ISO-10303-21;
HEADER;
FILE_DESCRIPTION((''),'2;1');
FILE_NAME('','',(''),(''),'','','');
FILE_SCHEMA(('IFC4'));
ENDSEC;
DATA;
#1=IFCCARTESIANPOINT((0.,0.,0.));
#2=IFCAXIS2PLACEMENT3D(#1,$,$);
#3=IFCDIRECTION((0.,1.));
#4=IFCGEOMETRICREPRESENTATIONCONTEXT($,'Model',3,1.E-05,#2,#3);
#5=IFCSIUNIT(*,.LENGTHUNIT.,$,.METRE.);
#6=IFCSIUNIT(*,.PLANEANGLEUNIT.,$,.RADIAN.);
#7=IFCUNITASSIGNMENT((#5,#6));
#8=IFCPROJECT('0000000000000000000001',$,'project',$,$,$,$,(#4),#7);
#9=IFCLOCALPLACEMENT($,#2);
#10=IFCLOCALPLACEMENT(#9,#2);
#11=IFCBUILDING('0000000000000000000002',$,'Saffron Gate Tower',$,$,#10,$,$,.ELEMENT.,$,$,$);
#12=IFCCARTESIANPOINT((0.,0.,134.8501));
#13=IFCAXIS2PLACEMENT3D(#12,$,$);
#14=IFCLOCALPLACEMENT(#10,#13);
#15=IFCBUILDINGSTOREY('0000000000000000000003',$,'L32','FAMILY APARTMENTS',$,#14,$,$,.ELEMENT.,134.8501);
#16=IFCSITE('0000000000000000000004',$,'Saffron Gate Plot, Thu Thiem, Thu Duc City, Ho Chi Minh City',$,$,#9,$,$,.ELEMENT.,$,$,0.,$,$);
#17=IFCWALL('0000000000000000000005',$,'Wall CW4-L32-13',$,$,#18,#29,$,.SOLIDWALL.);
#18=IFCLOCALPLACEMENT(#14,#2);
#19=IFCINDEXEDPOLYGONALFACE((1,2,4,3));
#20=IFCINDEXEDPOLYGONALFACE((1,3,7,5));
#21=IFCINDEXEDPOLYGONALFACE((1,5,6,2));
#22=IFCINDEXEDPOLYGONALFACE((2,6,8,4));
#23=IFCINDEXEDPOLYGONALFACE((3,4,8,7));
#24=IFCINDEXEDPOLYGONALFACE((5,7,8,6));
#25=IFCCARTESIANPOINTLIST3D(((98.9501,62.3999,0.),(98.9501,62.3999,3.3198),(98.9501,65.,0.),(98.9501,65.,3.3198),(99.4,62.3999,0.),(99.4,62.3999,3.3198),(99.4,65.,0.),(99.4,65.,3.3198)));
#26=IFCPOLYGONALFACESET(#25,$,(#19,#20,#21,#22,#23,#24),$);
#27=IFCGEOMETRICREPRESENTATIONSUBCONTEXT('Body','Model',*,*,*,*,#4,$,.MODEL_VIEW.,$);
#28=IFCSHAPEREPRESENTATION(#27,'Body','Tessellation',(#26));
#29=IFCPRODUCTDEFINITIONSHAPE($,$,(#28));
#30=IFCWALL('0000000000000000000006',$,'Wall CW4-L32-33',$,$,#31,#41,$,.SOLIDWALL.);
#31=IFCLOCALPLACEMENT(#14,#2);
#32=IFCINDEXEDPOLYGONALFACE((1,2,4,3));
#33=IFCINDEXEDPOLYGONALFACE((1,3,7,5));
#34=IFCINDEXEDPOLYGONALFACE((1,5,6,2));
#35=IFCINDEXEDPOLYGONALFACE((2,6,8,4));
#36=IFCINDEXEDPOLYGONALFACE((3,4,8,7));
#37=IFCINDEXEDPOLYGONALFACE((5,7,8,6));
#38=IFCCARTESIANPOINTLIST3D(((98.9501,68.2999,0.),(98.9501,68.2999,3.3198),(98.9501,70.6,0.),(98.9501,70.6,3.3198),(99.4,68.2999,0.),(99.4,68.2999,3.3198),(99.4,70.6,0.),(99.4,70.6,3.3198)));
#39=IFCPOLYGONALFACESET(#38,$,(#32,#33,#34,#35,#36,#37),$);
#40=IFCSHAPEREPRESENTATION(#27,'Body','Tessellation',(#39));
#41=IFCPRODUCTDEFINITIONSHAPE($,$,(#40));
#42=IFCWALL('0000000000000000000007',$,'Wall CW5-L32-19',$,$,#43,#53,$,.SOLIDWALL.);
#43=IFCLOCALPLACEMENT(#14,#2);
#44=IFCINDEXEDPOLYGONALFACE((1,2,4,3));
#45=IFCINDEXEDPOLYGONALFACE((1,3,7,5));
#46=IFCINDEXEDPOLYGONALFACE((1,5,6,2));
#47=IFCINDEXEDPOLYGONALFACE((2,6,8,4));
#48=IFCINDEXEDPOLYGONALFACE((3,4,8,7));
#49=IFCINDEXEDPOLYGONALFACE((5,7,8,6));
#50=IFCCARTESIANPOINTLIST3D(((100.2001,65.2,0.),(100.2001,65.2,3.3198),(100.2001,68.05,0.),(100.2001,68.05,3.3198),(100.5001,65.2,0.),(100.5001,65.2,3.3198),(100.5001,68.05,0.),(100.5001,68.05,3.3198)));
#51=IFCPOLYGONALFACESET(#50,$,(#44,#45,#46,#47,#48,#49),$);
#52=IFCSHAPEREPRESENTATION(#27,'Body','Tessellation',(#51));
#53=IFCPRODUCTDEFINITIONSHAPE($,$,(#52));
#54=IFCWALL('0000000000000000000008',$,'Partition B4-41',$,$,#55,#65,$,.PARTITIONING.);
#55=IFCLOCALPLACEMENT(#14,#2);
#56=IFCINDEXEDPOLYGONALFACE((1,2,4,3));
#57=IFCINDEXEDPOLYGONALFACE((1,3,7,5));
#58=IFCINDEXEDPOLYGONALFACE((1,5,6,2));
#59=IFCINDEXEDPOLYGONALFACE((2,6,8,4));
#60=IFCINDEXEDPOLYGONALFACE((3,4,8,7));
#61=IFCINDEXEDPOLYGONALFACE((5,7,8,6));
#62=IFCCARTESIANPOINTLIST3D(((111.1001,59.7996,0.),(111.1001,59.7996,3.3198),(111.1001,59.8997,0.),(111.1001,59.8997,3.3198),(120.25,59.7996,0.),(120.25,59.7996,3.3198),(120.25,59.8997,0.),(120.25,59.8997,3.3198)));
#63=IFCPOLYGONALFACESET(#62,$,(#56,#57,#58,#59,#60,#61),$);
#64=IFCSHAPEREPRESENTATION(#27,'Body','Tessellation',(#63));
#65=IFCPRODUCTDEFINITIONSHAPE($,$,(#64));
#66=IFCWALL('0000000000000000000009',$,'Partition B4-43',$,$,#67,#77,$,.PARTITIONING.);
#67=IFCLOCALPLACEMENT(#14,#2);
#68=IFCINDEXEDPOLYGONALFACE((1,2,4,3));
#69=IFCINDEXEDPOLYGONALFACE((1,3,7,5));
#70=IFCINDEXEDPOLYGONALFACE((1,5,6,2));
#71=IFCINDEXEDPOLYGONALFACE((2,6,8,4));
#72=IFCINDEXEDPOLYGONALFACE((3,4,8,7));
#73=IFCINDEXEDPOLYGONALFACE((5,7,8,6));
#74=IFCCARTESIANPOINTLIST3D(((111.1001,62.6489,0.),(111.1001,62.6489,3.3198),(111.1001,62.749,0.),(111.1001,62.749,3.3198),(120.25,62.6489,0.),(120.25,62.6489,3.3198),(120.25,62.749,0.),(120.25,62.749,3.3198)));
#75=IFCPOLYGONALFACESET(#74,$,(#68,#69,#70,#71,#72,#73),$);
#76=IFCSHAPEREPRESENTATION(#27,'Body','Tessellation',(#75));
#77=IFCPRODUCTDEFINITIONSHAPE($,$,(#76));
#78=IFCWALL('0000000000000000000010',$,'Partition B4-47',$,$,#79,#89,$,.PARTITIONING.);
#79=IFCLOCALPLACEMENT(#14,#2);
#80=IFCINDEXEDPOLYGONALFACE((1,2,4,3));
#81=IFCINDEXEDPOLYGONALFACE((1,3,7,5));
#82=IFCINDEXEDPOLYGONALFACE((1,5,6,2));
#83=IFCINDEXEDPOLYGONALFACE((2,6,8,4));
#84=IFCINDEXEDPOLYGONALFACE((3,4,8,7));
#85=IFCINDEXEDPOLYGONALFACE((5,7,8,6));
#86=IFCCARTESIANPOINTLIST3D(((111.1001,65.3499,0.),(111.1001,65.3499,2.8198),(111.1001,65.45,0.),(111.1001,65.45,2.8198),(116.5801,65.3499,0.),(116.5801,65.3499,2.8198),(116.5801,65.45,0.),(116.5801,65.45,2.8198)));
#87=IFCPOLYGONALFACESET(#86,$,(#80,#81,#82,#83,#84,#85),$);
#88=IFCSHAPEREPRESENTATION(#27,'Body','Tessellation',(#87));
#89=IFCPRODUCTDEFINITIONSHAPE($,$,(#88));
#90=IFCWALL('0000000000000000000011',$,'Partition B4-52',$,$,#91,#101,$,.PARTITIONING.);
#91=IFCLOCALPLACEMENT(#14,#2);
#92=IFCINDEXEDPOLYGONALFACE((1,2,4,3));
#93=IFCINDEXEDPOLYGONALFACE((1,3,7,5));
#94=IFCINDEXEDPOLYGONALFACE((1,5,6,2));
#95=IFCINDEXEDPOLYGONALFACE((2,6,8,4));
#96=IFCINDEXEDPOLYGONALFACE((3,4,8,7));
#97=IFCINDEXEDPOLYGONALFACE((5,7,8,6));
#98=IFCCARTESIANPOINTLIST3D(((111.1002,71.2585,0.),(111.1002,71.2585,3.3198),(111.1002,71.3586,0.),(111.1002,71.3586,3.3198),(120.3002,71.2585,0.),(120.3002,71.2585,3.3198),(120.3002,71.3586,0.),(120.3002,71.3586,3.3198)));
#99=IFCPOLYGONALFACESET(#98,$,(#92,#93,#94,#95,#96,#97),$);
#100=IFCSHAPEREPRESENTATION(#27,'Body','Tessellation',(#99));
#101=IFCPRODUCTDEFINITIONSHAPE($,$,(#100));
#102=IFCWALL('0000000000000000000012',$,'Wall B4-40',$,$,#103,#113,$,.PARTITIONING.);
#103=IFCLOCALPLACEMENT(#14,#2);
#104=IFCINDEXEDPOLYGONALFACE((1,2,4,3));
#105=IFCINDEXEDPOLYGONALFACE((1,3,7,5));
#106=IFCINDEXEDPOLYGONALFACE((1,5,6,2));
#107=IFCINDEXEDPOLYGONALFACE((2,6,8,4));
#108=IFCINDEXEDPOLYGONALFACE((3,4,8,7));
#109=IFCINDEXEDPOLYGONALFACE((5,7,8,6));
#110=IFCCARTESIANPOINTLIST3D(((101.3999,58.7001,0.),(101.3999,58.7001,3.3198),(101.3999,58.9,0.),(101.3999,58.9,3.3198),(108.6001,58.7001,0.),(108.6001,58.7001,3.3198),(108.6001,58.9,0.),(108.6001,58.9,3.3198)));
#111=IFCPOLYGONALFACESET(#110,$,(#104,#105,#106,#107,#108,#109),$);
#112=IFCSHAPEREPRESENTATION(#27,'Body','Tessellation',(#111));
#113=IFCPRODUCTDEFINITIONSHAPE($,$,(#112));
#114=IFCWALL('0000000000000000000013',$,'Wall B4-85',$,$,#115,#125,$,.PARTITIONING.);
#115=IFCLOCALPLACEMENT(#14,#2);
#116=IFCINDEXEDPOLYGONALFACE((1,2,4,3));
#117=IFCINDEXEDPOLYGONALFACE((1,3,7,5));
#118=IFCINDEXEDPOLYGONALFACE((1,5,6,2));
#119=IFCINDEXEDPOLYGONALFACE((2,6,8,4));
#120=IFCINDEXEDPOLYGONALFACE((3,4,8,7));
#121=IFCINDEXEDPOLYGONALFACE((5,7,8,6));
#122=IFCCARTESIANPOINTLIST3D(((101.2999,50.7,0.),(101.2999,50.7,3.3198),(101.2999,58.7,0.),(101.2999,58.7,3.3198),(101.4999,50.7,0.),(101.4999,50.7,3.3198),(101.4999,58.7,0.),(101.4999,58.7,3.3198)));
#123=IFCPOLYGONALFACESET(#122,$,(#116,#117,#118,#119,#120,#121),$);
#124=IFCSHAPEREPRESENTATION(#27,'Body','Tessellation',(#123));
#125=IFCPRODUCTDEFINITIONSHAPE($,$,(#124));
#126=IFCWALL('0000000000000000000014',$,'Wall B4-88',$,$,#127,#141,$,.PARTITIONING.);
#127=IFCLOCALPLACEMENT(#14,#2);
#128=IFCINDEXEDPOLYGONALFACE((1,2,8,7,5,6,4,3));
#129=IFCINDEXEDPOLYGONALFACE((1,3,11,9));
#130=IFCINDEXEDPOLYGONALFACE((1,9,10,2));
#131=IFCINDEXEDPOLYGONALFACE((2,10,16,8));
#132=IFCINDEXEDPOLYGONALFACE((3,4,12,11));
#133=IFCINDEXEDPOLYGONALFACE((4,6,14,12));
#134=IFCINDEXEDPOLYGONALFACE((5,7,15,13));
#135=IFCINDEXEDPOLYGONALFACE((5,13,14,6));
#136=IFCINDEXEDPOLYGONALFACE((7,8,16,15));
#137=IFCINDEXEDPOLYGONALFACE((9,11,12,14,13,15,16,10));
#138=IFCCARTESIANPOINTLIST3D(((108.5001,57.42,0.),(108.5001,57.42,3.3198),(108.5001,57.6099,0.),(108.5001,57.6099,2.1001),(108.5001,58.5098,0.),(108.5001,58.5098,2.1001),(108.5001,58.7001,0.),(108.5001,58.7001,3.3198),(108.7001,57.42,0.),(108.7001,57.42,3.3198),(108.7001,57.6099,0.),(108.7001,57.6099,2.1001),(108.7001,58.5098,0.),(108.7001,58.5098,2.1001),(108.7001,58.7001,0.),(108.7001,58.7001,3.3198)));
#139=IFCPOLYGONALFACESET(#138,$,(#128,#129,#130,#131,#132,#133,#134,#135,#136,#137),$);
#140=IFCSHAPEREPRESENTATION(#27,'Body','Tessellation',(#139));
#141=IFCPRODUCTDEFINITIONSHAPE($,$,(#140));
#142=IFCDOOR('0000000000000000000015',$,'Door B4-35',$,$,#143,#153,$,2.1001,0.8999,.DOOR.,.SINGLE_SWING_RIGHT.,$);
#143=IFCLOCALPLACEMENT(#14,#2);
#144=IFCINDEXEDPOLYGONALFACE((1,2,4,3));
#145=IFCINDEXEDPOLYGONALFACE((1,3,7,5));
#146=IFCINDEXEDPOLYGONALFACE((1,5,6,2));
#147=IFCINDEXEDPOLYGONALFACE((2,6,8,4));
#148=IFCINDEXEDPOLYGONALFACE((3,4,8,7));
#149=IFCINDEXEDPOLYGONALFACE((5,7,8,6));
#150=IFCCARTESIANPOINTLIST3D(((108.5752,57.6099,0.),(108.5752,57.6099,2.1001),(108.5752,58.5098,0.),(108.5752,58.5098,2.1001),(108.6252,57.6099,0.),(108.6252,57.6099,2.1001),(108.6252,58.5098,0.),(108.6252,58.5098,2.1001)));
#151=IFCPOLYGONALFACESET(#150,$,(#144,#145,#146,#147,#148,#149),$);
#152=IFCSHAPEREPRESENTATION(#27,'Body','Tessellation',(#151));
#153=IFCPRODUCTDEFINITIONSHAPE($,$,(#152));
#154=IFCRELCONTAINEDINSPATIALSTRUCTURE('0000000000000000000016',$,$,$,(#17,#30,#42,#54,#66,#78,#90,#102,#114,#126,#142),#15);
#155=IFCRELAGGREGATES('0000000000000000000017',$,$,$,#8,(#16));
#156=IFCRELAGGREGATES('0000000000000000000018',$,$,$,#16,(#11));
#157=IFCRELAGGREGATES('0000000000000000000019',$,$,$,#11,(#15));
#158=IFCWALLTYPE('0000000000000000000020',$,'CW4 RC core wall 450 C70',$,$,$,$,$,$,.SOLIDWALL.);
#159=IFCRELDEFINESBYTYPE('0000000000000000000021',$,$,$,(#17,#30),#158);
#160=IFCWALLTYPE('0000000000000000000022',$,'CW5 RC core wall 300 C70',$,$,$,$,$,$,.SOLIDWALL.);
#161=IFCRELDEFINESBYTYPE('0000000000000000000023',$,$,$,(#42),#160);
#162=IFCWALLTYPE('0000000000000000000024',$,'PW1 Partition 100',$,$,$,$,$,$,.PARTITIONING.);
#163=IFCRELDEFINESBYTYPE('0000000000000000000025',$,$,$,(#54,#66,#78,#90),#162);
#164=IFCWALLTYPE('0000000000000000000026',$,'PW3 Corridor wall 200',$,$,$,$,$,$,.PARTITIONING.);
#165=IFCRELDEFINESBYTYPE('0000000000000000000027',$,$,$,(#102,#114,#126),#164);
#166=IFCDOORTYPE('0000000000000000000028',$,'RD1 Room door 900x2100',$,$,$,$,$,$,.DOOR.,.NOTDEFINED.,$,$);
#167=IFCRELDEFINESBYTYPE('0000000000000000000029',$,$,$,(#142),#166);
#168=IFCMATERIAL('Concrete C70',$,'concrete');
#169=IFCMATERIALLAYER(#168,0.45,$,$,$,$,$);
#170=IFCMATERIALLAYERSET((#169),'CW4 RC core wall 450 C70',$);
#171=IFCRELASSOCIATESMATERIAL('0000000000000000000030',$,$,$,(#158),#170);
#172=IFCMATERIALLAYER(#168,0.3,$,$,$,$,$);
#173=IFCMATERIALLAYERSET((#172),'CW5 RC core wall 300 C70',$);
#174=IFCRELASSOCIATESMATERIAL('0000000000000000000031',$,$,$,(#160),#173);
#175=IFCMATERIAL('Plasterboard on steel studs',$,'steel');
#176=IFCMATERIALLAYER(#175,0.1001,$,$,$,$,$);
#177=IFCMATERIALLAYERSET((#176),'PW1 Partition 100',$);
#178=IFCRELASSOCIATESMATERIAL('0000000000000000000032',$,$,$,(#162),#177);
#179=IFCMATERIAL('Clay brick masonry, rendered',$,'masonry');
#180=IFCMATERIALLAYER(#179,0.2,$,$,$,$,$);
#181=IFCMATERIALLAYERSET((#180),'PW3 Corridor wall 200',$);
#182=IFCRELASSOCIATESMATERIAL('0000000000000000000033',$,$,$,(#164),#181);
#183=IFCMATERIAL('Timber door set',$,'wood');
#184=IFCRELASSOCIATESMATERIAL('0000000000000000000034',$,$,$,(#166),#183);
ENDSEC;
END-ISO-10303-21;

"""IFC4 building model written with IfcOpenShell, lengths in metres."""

from ifc_helpers import new_model, si_unit, direction, frame, frame_2d, origin, place, context, subcontext, project, spatial, rectangle, extrude, material, layer, layer_set, type_object, element, fill, save


model = new_model("IFC4")

# Units and contexts
model_context = context("Model", 3, precision=1e-05, world=origin(), true_north=direction((0.0, 1.0)))
body_context = subcontext(model_context, "Body", "Model", "MODEL_VIEW")
ifc_project = project(units=[si_unit("LENGTHUNIT", "METRE"), si_unit("PLANEANGLEUNIT", "RADIAN")], contexts=[model_context])

# Site, building, storey
site_placement = place(None, origin())
site = spatial("IfcSite", under=ifc_project, at=site_placement, Name="Saffron Gate Plot, Thu Thiem, Thu Duc City, Ho Chi Minh City", CompositionType="ELEMENT", RefElevation=0.0)
building_placement = place(site_placement, origin())
building = spatial("IfcBuilding", under=site, at=building_placement, Name="Saffron Gate Tower", CompositionType="ELEMENT")
storey_placement = place(building_placement, frame((0.0, 0.0, 134.8501)))
storey = spatial("IfcBuildingStorey", under=building, at=storey_placement, Name="L32", Description="FAMILY APARTMENTS", CompositionType="ELEMENT", Elevation=134.8501)

# Shared definitions
ifc_material_1 = material(Name="Concrete C70", Category="concrete")

# Walls
ifc_layer_1 = layer(ifc_material_1, 0.45)
ifc_layer_set_1 = layer_set([ifc_layer_1], Name="CW4 RC core wall 450 C70")
wall_type_1 = type_object("IfcWallType", Name="CW4 RC core wall 450 C70", PredefinedType="SOLIDWALL", material=ifc_layer_set_1)
wall_1_placement = place(storey_placement, frame((99.175, 62.3999, 0.0), z_axis=(0.0, 0.0, 1.0), x_axis=(0.0, 1.0, 0.0)))
element("IfcWall", 1, at=wall_1_placement, inside=storey, type_object=wall_type_1, Name="Wall CW4-L32-13", PredefinedType="SOLIDWALL", context=body_context, shape_type="SweptSolid", body=[
    extrude(rectangle(XDim=2.6001, YDim=0.45, at=frame_2d((1.3, 0.0))), origin(), (0.0, 0.0, 1.0), 3.3198),
])
wall_2_placement = place(storey_placement, frame((99.175, 68.3, 0.0), z_axis=(0.0, 0.0, 1.0), x_axis=(0.0, 1.0, 0.0)))
element("IfcWall", 2, at=wall_2_placement, inside=storey, type_object=wall_type_1, Name="Wall CW4-L32-33", PredefinedType="SOLIDWALL", context=body_context, shape_type="SweptSolid", body=[
    extrude(rectangle(XDim=2.3, YDim=0.45, at=frame_2d((1.1499, 0.0))), origin(), (0.0, 0.0, 1.0), 3.3198),
])
ifc_layer_2 = layer(ifc_material_1, 0.3)
ifc_layer_set_2 = layer_set([ifc_layer_2], Name="CW5 RC core wall 300 C70")
wall_type_2 = type_object("IfcWallType", Name="CW5 RC core wall 300 C70", PredefinedType="SOLIDWALL", material=ifc_layer_set_2)
wall_3_placement = place(storey_placement, frame((100.3501, 65.2, 0.0), z_axis=(0.0, 0.0, 1.0), x_axis=(0.0, 1.0, 0.0)))
element("IfcWall", 3, at=wall_3_placement, inside=storey, type_object=wall_type_2, Name="Wall CW5-L32-19", PredefinedType="SOLIDWALL", context=body_context, shape_type="SweptSolid", body=[
    extrude(rectangle(XDim=2.8501, YDim=0.3, at=frame_2d((1.425, 0.0))), origin(), (0.0, 0.0, 1.0), 3.3198),
])
ifc_material_2 = material(Name="Plasterboard on steel studs", Category="steel")
ifc_layer_3 = layer(ifc_material_2, 0.1001)
ifc_layer_set_3 = layer_set([ifc_layer_3], Name="PW1 Partition 100")
wall_type_3 = type_object("IfcWallType", Name="PW1 Partition 100", PredefinedType="PARTITIONING", material=ifc_layer_set_3)
for number, where, z_axis, x_axis, name in (
    (4, (111.1001, 59.8496, 0.0), (0.0, 0.0, 1.0), (1.0, 0.0, 0.0), "Partition B4-41"),
    (5, (111.1001, 62.699, 0.0), (0.0, 0.0, 1.0), (1.0, 0.0, 0.0), "Partition B4-43"),
):
    element("IfcWall", number, at=place(storey_placement, frame(where, z_axis=z_axis, x_axis=x_axis)), inside=storey, type_object=wall_type_3, Name=name, PredefinedType="PARTITIONING", context=body_context, shape_type="SweptSolid", body=[
        extrude(rectangle(XDim=9.1499, YDim=0.1001, at=frame_2d((4.575, 0.0))), origin(), (0.0, 0.0, 1.0), 3.3198),
    ])
wall_4_placement = place(storey_placement, frame((111.1001, 65.3999, 0.0), z_axis=(0.0, 0.0, 1.0), x_axis=(1.0, 0.0, 0.0)))
element("IfcWall", 6, at=wall_4_placement, inside=storey, type_object=wall_type_3, Name="Partition B4-47", PredefinedType="PARTITIONING", context=body_context, shape_type="SweptSolid", body=[
    extrude(rectangle(XDim=5.48, YDim=0.1001, at=frame_2d((2.74, 0.0))), origin(), (0.0, 0.0, 1.0), 2.8198),
])
wall_5_placement = place(storey_placement, frame((111.1001, 71.3086, 0.0), z_axis=(0.0, 0.0, 1.0), x_axis=(1.0, 0.0, 0.0)))
element("IfcWall", 7, at=wall_5_placement, inside=storey, type_object=wall_type_3, Name="Partition B4-52", PredefinedType="PARTITIONING", context=body_context, shape_type="SweptSolid", body=[
    extrude(rectangle(XDim=9.2, YDim=0.1001, at=frame_2d((4.6001, 0.0))), origin(), (0.0, 0.0, 1.0), 3.3198),
])
ifc_material_3 = material(Name="Clay brick masonry, rendered", Category="masonry")
ifc_layer_4 = layer(ifc_material_3, 0.2)
ifc_layer_set_4 = layer_set([ifc_layer_4], Name="PW3 Corridor wall 200")
wall_type_4 = type_object("IfcWallType", Name="PW3 Corridor wall 200", PredefinedType="PARTITIONING", material=ifc_layer_set_4)
wall_6_placement = place(storey_placement, frame((101.3999, 58.8, 0.0), z_axis=(0.0, 0.0, 1.0), x_axis=(1.0, 0.0, 0.0)))
element("IfcWall", 8, at=wall_6_placement, inside=storey, type_object=wall_type_4, Name="Wall B4-40", PredefinedType="PARTITIONING", context=body_context, shape_type="SweptSolid", body=[
    extrude(rectangle(XDim=7.2002, YDim=0.2, at=frame_2d((3.6001, 0.0))), origin(), (0.0, 0.0, 1.0), 3.3198),
])
wall_7_placement = place(storey_placement, frame((101.3999, 58.7, 0.0), z_axis=(0.0, 0.0, 1.0), x_axis=(0.0, -1.0, 0.0)))
element("IfcWall", 9, at=wall_7_placement, inside=storey, type_object=wall_type_4, Name="Wall B4-85", PredefinedType="PARTITIONING", context=body_context, shape_type="SweptSolid", body=[
    extrude(rectangle(XDim=8.0, YDim=0.2, at=frame_2d((4.0, 0.0))), origin(), (0.0, 0.0, 1.0), 3.3198),
])

# Wall, opening, door
wall_8_placement = place(storey_placement, frame((108.6001, 57.4199, 0.0), z_axis=(0.0, 0.0, 1.0), x_axis=(0.0, 1.0, 0.0)))
wall_8 = element("IfcWall", 10, at=wall_8_placement, inside=storey, type_object=wall_type_4, Name="Wall B4-88", PredefinedType="PARTITIONING", context=body_context, shape_type="SweptSolid", body=[
    extrude(rectangle(XDim=1.28, YDim=0.2, at=frame_2d((0.6401, 0.0))), origin(), (0.0, 0.0, 1.0), 3.3198),
])
opening_1_placement = place(wall_8_placement, frame((0.1899, 0.0, 0.0)))
opening_1 = element("IfcOpeningElement", 11, at=opening_1_placement, cuts=wall_8, PredefinedType="OPENING", context=body_context, shape_type="SweptSolid", body=[
    extrude(rectangle(XDim=0.8999, YDim=2.1001, at=frame_2d((0.45, 1.05))), frame((0.0, 0.1099, 0.0), z_axis=(0.0, -1.0, 0.0), x_axis=(1.0, 0.0, 0.0)), (0.0, 0.0, 1.0), 0.22),
])
ifc_material_4 = material(Name="Timber door set", Category="wood")
door_type_1 = type_object("IfcDoorType", Name="RD1 Room door 900x2100", OperationType="NOTDEFINED", PredefinedType="DOOR", material=ifc_material_4)
door_1_placement = place(opening_1_placement, origin())
door_1 = element("IfcDoor", 12, at=door_1_placement, inside=storey, type_object=door_type_1, Name="Door B4-35", OperationType="SINGLE_SWING_RIGHT", OverallHeight=2.1001, OverallWidth=0.8999, PredefinedType="DOOR", context=body_context, shape_type="SweptSolid", body=[
    extrude(rectangle(XDim=0.8999, YDim=2.1001, at=frame_2d((0.45, 1.05))), frame((0.0, 0.0249, 0.0), z_axis=(0.0, -1.0, 0.0), x_axis=(1.0, 0.0, 0.0)), (0.0, 0.0, 1.0), 0.05),
])
fill(opening_1, door_1)

save(model, "model.ifc")
